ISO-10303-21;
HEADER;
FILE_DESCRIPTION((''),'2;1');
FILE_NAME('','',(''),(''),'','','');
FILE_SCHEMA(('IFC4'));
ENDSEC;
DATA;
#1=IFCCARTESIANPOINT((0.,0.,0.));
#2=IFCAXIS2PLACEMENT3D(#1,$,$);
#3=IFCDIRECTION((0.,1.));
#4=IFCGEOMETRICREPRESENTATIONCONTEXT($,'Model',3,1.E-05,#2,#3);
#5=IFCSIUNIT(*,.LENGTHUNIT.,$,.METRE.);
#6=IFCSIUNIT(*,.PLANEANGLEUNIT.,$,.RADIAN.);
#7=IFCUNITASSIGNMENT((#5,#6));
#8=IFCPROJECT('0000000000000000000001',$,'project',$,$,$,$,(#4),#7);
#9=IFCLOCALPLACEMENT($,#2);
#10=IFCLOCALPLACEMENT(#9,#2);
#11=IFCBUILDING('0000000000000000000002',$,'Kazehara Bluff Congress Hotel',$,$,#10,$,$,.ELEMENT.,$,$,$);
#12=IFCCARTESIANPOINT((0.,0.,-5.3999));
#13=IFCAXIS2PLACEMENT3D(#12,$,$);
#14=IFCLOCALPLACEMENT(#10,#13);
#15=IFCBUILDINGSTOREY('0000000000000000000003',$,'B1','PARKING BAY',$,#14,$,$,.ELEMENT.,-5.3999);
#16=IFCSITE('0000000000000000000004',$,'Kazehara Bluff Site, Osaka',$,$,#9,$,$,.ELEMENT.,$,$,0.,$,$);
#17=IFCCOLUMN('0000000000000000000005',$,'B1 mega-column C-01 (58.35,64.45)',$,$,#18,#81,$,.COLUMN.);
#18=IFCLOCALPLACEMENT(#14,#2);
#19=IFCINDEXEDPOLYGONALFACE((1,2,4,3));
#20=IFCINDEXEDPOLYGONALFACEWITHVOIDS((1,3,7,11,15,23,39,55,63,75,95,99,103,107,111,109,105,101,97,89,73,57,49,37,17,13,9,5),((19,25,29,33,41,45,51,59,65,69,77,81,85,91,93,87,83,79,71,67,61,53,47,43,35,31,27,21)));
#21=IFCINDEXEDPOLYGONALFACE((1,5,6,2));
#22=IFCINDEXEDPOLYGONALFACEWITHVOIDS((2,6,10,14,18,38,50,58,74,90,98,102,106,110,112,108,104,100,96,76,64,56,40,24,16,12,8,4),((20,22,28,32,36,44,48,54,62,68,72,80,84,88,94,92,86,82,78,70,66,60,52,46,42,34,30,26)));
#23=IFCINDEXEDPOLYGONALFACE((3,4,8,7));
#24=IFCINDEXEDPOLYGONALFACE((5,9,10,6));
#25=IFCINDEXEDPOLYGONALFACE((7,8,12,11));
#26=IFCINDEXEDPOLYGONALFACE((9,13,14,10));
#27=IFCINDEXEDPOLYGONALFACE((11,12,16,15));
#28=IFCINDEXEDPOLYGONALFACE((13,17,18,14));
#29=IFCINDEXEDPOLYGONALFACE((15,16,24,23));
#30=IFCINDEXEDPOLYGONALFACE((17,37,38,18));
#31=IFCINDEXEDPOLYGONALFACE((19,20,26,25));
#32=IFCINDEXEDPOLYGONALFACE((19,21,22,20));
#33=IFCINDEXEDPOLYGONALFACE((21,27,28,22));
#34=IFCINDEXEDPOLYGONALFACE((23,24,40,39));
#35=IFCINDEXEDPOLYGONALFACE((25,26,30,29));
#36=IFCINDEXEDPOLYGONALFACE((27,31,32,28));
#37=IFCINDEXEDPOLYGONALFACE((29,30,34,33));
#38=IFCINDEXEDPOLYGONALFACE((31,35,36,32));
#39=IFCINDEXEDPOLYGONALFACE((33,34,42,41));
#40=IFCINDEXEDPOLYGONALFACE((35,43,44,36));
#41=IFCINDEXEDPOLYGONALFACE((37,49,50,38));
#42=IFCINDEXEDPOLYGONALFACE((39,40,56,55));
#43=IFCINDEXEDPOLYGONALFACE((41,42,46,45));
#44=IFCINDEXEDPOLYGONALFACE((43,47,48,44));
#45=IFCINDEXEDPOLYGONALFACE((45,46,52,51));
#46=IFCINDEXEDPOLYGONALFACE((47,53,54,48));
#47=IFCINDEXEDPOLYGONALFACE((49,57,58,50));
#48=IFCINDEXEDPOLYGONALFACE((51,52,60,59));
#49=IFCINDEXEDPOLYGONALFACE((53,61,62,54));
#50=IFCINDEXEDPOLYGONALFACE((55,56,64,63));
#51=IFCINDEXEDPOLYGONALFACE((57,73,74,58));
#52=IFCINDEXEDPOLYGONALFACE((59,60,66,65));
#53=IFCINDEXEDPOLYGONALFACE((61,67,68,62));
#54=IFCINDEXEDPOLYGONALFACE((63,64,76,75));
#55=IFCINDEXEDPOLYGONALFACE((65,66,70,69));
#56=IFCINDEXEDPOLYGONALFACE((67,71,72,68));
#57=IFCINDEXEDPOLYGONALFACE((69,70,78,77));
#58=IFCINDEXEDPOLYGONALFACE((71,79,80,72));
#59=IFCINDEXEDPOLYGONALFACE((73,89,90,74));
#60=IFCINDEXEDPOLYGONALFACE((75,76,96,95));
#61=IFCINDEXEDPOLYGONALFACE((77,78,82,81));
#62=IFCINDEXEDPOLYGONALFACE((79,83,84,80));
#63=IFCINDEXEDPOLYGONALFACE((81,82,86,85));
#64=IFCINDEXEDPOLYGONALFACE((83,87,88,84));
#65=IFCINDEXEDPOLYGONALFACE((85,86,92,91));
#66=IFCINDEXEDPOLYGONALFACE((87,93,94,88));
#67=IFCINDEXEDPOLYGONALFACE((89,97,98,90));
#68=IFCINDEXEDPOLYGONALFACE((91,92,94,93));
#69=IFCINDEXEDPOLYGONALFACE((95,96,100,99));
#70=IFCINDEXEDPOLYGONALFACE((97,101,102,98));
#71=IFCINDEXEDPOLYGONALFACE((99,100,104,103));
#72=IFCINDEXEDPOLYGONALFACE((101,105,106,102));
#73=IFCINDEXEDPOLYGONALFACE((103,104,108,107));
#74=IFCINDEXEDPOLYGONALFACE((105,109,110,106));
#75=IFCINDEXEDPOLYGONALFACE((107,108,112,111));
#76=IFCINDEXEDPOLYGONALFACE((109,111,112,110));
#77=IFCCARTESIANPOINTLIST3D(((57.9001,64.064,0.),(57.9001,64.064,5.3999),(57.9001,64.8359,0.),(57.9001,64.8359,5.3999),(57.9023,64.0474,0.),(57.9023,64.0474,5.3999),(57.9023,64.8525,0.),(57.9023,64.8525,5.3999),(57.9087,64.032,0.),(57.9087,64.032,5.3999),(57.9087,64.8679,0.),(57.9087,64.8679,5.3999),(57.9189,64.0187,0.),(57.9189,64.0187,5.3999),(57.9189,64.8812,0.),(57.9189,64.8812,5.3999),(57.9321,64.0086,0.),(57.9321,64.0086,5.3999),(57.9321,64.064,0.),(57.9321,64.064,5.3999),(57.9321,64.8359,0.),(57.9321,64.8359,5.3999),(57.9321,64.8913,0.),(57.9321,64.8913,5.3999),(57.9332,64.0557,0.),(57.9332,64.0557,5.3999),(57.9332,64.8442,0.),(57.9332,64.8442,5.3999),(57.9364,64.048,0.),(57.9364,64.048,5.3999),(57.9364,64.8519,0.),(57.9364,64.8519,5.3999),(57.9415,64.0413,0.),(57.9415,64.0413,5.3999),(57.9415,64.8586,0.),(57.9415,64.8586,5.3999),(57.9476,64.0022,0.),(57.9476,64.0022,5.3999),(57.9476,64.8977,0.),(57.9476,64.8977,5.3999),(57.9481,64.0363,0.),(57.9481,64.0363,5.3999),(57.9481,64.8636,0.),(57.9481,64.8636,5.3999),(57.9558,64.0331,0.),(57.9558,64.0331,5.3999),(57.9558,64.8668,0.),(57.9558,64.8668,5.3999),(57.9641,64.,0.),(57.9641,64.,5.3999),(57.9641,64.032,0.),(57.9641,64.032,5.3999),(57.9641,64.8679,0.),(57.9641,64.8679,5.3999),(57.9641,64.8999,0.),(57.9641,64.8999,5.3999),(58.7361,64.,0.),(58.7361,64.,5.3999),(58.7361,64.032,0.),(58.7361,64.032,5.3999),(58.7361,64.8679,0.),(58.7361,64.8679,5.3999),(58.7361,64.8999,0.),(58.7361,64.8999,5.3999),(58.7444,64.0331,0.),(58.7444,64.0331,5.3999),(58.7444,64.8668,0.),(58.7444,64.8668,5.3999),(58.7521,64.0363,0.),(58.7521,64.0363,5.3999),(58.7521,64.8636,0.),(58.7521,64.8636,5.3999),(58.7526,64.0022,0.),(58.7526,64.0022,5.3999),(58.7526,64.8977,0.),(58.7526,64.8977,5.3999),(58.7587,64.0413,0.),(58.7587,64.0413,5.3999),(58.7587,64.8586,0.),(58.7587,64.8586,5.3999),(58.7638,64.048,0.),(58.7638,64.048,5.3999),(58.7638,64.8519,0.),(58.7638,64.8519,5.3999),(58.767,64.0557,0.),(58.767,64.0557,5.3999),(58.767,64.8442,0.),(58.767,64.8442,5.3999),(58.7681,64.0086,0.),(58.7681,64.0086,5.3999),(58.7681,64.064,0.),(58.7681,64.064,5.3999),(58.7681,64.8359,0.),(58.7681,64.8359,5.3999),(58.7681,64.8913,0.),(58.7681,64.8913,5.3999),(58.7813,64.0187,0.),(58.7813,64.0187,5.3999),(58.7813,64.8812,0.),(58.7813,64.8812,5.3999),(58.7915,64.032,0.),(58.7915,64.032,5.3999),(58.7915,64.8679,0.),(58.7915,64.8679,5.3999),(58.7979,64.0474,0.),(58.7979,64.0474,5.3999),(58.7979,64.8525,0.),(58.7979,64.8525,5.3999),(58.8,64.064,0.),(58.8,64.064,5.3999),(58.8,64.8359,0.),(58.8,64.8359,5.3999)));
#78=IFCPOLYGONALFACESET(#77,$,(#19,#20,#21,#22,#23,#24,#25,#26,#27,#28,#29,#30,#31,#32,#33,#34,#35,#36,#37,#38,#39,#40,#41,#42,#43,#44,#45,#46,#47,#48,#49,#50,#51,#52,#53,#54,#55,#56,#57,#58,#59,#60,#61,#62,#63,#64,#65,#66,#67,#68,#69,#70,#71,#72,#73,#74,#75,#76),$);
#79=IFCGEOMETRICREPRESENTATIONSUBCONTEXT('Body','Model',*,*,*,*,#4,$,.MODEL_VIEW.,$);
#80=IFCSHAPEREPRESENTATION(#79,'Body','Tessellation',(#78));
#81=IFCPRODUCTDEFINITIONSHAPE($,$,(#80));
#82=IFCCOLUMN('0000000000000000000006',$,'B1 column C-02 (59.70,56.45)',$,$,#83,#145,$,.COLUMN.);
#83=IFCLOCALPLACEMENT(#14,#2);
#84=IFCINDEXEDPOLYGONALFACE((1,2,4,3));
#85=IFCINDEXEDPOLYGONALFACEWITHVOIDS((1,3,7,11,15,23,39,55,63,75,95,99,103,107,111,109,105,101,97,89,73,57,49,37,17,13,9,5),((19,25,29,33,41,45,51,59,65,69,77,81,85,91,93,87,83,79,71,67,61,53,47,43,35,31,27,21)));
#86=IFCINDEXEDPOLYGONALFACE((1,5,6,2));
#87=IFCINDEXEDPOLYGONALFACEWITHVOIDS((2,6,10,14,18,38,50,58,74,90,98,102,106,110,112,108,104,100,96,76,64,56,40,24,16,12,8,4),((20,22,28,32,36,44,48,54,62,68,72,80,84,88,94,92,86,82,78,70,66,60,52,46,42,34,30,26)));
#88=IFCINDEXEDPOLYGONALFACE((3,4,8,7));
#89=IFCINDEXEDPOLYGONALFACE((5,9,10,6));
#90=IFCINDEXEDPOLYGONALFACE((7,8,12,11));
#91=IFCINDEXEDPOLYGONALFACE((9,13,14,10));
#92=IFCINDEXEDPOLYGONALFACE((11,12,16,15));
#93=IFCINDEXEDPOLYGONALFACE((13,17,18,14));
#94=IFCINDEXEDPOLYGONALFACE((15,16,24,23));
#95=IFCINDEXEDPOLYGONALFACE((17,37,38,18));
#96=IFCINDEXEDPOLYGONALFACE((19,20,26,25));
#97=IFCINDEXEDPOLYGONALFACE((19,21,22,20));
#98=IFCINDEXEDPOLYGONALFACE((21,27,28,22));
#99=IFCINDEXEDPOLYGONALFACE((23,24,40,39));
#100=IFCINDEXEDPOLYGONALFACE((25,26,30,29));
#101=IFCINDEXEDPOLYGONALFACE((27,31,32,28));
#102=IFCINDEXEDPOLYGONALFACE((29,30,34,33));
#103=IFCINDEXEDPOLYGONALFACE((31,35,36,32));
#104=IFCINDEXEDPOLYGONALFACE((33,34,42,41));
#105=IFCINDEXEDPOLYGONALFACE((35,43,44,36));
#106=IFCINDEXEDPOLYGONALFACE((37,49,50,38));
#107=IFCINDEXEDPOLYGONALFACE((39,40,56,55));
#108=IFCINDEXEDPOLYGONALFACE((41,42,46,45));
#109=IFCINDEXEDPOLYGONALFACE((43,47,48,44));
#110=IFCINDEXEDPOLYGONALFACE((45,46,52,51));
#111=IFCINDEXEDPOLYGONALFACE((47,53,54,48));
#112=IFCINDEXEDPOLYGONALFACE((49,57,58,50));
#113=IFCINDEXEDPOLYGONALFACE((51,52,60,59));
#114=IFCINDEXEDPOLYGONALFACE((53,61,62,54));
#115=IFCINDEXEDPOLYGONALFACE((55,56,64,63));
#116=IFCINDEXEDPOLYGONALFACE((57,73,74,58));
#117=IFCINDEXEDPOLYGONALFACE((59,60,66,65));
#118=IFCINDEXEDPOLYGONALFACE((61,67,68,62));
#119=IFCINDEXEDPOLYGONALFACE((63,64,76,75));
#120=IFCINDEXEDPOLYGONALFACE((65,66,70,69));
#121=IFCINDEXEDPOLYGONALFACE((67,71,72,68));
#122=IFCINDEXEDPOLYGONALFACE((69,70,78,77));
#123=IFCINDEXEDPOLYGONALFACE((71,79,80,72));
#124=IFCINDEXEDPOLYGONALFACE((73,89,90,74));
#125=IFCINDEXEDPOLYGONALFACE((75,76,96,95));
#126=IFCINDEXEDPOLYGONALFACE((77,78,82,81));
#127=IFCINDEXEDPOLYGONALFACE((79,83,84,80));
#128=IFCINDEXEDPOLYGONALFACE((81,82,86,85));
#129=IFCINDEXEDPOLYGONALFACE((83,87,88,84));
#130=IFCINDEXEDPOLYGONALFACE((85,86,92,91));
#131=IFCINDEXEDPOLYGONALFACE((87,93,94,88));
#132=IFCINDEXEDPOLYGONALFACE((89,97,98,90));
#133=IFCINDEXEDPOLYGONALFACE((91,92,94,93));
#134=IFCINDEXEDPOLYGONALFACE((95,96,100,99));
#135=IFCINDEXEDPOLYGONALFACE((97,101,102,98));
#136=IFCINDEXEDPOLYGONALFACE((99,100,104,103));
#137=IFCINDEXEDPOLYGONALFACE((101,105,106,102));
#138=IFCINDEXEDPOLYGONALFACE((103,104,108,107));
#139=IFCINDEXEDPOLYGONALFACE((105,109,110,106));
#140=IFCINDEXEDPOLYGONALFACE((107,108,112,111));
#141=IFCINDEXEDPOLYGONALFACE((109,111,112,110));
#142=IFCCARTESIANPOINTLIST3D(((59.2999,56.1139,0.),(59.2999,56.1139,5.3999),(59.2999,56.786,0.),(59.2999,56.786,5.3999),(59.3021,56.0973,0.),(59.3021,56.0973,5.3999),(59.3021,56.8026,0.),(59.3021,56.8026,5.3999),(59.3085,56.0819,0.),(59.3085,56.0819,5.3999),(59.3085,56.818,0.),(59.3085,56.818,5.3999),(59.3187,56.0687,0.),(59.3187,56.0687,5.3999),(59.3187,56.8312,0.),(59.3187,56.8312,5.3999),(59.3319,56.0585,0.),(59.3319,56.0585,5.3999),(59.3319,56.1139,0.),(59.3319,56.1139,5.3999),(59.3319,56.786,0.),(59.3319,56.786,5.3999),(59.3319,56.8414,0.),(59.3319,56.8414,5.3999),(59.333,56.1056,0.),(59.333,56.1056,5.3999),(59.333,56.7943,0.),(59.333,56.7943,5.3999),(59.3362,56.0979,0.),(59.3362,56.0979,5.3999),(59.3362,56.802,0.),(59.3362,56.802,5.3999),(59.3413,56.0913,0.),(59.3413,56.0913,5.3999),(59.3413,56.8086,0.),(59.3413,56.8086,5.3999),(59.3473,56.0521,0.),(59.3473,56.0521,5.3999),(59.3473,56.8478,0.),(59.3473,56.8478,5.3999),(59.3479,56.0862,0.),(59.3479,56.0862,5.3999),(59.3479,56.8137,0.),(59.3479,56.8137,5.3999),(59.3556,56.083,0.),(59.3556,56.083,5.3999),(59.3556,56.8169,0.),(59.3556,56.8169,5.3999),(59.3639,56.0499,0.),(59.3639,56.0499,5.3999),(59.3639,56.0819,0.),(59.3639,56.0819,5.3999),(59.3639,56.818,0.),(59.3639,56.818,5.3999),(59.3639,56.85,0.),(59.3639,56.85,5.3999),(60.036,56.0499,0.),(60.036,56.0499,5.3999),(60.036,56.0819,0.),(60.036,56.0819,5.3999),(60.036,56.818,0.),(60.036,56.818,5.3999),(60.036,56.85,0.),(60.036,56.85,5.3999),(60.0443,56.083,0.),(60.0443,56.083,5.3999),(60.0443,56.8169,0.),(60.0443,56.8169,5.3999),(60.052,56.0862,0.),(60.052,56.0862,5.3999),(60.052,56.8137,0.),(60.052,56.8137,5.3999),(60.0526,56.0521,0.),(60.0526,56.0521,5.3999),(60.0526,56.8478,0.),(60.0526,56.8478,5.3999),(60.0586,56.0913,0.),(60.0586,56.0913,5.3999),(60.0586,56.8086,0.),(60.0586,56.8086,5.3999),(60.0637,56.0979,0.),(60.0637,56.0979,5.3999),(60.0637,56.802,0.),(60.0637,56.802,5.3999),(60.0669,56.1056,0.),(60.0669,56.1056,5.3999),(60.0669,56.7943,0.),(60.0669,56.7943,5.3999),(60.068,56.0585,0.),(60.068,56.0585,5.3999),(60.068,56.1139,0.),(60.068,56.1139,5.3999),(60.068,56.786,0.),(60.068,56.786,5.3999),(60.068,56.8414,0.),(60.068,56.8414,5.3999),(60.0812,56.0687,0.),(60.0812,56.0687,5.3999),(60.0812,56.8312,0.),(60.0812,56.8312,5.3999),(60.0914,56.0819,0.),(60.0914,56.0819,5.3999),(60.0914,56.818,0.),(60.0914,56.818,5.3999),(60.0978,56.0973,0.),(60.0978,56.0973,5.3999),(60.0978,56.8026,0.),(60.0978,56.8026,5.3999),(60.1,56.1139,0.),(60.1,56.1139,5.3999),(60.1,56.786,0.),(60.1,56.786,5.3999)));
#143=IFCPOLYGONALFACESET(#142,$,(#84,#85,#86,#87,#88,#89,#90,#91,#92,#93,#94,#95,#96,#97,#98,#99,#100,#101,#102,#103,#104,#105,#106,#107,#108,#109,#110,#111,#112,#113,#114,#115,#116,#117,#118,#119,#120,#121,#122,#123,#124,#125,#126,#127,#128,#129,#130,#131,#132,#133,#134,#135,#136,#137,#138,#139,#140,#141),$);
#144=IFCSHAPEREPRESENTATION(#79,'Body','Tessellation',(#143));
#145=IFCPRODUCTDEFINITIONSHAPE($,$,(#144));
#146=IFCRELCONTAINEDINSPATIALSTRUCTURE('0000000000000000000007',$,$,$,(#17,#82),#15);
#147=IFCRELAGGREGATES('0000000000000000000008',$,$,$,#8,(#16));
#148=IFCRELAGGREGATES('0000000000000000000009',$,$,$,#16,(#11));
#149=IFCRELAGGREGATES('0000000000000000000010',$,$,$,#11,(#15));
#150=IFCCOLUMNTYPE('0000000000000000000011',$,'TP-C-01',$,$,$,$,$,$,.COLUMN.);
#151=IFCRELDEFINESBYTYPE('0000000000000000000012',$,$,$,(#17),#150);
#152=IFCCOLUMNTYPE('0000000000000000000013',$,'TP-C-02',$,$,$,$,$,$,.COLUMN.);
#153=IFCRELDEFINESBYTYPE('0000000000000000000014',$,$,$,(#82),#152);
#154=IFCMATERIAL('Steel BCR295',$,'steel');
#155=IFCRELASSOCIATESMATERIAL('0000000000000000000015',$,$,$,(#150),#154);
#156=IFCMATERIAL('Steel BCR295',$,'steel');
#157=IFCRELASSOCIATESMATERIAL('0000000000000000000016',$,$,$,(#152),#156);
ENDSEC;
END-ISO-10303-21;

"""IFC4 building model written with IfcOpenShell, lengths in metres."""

from ifc_helpers import new_model, si_unit, direction, frame, origin, origin_2d, place, context, subcontext, project, spatial, hollow_rectangle, extrude, material, material_profile, profile_set, type_object, element, save


model = new_model("IFC4")

# Units and contexts
model_context = context("Model", 3, precision=1e-05, world=origin(), true_north=direction((0.0, 1.0)))
body_context = subcontext(model_context, "Body", "Model", "MODEL_VIEW")
ifc_project = project(units=[si_unit("LENGTHUNIT", "METRE"), si_unit("PLANEANGLEUNIT", "RADIAN")], contexts=[model_context])

# Site, building, storey
site_placement = place(None, origin())
site = spatial("IfcSite", under=ifc_project, at=site_placement, Name="Kazehara Bluff Site, Osaka", CompositionType="ELEMENT", RefElevation=0.0)
building_placement = place(site_placement, origin())
building = spatial("IfcBuilding", under=site, at=building_placement, Name="Kazehara Bluff Congress Hotel", CompositionType="ELEMENT")
storey_placement = place(building_placement, frame((0.0, 0.0, -5.3999)))
storey = spatial("IfcBuildingStorey", under=building, at=storey_placement, Name="B1", Description="PARKING BAY", CompositionType="ELEMENT", Elevation=-5.3999)

# Columns
ifc_material_1 = material(Name="Steel BCR295", Category="steel")
ifc_material_profile_1 = material_profile(ifc_material_1, hollow_rectangle(XDim=0.8999, YDim=0.8999, WallThickness=0.032, InnerFilletRadius=0.032, OuterFilletRadius=0.064, at=origin_2d()))
ifc_profile_set_1 = profile_set([ifc_material_profile_1], Name="Steel BCR295")
column_type_1 = type_object("IfcColumnType", Name="TP-C-01", PredefinedType="COLUMN", material=ifc_profile_set_1)
for number, where, z_axis, x_axis, name in (
    (1, (58.3501, 64.45, 0.0), (0.0, 0.0, 1.0), (1.0, 0.0, 0.0), "B1 mega-column C-01 (58.35,64.45)"),
):
    element("IfcColumn", number, at=place(storey_placement, frame(where, z_axis=z_axis, x_axis=x_axis)), inside=storey, type_object=column_type_1, Name=name, PredefinedType="COLUMN", context=body_context, shape_type="SweptSolid", body=[
        extrude(hollow_rectangle(XDim=0.8999, YDim=0.8999, WallThickness=0.032, InnerFilletRadius=0.032, OuterFilletRadius=0.064, at=origin_2d()), origin(), (0.0, 0.0, 1.0), 5.3999),
    ])
ifc_material_2 = material(Name="Steel BCR295", Category="steel")
ifc_material_profile_2 = material_profile(ifc_material_2, hollow_rectangle(XDim=0.8, YDim=0.8, WallThickness=0.032, InnerFilletRadius=0.032, OuterFilletRadius=0.064, at=origin_2d()))
ifc_profile_set_2 = profile_set([ifc_material_profile_2], Name="Steel BCR295")
column_type_2 = type_object("IfcColumnType", Name="TP-C-02", PredefinedType="COLUMN", material=ifc_profile_set_2)
for number, where, z_axis, x_axis, name in (
    (2, (59.7, 56.45, 0.0), (0.0, 0.0, 1.0), (1.0, 0.0, 0.0), "B1 column C-02 (59.70,56.45)"),
):
    element("IfcColumn", number, at=place(storey_placement, frame(where, z_axis=z_axis, x_axis=x_axis)), inside=storey, type_object=column_type_2, Name=name, PredefinedType="COLUMN", context=body_context, shape_type="SweptSolid", body=[
        extrude(hollow_rectangle(XDim=0.8, YDim=0.8, WallThickness=0.032, InnerFilletRadius=0.032, OuterFilletRadius=0.064, at=origin_2d()), origin(), (0.0, 0.0, 1.0), 5.3999),
    ])

save(model, "model.ifc")
